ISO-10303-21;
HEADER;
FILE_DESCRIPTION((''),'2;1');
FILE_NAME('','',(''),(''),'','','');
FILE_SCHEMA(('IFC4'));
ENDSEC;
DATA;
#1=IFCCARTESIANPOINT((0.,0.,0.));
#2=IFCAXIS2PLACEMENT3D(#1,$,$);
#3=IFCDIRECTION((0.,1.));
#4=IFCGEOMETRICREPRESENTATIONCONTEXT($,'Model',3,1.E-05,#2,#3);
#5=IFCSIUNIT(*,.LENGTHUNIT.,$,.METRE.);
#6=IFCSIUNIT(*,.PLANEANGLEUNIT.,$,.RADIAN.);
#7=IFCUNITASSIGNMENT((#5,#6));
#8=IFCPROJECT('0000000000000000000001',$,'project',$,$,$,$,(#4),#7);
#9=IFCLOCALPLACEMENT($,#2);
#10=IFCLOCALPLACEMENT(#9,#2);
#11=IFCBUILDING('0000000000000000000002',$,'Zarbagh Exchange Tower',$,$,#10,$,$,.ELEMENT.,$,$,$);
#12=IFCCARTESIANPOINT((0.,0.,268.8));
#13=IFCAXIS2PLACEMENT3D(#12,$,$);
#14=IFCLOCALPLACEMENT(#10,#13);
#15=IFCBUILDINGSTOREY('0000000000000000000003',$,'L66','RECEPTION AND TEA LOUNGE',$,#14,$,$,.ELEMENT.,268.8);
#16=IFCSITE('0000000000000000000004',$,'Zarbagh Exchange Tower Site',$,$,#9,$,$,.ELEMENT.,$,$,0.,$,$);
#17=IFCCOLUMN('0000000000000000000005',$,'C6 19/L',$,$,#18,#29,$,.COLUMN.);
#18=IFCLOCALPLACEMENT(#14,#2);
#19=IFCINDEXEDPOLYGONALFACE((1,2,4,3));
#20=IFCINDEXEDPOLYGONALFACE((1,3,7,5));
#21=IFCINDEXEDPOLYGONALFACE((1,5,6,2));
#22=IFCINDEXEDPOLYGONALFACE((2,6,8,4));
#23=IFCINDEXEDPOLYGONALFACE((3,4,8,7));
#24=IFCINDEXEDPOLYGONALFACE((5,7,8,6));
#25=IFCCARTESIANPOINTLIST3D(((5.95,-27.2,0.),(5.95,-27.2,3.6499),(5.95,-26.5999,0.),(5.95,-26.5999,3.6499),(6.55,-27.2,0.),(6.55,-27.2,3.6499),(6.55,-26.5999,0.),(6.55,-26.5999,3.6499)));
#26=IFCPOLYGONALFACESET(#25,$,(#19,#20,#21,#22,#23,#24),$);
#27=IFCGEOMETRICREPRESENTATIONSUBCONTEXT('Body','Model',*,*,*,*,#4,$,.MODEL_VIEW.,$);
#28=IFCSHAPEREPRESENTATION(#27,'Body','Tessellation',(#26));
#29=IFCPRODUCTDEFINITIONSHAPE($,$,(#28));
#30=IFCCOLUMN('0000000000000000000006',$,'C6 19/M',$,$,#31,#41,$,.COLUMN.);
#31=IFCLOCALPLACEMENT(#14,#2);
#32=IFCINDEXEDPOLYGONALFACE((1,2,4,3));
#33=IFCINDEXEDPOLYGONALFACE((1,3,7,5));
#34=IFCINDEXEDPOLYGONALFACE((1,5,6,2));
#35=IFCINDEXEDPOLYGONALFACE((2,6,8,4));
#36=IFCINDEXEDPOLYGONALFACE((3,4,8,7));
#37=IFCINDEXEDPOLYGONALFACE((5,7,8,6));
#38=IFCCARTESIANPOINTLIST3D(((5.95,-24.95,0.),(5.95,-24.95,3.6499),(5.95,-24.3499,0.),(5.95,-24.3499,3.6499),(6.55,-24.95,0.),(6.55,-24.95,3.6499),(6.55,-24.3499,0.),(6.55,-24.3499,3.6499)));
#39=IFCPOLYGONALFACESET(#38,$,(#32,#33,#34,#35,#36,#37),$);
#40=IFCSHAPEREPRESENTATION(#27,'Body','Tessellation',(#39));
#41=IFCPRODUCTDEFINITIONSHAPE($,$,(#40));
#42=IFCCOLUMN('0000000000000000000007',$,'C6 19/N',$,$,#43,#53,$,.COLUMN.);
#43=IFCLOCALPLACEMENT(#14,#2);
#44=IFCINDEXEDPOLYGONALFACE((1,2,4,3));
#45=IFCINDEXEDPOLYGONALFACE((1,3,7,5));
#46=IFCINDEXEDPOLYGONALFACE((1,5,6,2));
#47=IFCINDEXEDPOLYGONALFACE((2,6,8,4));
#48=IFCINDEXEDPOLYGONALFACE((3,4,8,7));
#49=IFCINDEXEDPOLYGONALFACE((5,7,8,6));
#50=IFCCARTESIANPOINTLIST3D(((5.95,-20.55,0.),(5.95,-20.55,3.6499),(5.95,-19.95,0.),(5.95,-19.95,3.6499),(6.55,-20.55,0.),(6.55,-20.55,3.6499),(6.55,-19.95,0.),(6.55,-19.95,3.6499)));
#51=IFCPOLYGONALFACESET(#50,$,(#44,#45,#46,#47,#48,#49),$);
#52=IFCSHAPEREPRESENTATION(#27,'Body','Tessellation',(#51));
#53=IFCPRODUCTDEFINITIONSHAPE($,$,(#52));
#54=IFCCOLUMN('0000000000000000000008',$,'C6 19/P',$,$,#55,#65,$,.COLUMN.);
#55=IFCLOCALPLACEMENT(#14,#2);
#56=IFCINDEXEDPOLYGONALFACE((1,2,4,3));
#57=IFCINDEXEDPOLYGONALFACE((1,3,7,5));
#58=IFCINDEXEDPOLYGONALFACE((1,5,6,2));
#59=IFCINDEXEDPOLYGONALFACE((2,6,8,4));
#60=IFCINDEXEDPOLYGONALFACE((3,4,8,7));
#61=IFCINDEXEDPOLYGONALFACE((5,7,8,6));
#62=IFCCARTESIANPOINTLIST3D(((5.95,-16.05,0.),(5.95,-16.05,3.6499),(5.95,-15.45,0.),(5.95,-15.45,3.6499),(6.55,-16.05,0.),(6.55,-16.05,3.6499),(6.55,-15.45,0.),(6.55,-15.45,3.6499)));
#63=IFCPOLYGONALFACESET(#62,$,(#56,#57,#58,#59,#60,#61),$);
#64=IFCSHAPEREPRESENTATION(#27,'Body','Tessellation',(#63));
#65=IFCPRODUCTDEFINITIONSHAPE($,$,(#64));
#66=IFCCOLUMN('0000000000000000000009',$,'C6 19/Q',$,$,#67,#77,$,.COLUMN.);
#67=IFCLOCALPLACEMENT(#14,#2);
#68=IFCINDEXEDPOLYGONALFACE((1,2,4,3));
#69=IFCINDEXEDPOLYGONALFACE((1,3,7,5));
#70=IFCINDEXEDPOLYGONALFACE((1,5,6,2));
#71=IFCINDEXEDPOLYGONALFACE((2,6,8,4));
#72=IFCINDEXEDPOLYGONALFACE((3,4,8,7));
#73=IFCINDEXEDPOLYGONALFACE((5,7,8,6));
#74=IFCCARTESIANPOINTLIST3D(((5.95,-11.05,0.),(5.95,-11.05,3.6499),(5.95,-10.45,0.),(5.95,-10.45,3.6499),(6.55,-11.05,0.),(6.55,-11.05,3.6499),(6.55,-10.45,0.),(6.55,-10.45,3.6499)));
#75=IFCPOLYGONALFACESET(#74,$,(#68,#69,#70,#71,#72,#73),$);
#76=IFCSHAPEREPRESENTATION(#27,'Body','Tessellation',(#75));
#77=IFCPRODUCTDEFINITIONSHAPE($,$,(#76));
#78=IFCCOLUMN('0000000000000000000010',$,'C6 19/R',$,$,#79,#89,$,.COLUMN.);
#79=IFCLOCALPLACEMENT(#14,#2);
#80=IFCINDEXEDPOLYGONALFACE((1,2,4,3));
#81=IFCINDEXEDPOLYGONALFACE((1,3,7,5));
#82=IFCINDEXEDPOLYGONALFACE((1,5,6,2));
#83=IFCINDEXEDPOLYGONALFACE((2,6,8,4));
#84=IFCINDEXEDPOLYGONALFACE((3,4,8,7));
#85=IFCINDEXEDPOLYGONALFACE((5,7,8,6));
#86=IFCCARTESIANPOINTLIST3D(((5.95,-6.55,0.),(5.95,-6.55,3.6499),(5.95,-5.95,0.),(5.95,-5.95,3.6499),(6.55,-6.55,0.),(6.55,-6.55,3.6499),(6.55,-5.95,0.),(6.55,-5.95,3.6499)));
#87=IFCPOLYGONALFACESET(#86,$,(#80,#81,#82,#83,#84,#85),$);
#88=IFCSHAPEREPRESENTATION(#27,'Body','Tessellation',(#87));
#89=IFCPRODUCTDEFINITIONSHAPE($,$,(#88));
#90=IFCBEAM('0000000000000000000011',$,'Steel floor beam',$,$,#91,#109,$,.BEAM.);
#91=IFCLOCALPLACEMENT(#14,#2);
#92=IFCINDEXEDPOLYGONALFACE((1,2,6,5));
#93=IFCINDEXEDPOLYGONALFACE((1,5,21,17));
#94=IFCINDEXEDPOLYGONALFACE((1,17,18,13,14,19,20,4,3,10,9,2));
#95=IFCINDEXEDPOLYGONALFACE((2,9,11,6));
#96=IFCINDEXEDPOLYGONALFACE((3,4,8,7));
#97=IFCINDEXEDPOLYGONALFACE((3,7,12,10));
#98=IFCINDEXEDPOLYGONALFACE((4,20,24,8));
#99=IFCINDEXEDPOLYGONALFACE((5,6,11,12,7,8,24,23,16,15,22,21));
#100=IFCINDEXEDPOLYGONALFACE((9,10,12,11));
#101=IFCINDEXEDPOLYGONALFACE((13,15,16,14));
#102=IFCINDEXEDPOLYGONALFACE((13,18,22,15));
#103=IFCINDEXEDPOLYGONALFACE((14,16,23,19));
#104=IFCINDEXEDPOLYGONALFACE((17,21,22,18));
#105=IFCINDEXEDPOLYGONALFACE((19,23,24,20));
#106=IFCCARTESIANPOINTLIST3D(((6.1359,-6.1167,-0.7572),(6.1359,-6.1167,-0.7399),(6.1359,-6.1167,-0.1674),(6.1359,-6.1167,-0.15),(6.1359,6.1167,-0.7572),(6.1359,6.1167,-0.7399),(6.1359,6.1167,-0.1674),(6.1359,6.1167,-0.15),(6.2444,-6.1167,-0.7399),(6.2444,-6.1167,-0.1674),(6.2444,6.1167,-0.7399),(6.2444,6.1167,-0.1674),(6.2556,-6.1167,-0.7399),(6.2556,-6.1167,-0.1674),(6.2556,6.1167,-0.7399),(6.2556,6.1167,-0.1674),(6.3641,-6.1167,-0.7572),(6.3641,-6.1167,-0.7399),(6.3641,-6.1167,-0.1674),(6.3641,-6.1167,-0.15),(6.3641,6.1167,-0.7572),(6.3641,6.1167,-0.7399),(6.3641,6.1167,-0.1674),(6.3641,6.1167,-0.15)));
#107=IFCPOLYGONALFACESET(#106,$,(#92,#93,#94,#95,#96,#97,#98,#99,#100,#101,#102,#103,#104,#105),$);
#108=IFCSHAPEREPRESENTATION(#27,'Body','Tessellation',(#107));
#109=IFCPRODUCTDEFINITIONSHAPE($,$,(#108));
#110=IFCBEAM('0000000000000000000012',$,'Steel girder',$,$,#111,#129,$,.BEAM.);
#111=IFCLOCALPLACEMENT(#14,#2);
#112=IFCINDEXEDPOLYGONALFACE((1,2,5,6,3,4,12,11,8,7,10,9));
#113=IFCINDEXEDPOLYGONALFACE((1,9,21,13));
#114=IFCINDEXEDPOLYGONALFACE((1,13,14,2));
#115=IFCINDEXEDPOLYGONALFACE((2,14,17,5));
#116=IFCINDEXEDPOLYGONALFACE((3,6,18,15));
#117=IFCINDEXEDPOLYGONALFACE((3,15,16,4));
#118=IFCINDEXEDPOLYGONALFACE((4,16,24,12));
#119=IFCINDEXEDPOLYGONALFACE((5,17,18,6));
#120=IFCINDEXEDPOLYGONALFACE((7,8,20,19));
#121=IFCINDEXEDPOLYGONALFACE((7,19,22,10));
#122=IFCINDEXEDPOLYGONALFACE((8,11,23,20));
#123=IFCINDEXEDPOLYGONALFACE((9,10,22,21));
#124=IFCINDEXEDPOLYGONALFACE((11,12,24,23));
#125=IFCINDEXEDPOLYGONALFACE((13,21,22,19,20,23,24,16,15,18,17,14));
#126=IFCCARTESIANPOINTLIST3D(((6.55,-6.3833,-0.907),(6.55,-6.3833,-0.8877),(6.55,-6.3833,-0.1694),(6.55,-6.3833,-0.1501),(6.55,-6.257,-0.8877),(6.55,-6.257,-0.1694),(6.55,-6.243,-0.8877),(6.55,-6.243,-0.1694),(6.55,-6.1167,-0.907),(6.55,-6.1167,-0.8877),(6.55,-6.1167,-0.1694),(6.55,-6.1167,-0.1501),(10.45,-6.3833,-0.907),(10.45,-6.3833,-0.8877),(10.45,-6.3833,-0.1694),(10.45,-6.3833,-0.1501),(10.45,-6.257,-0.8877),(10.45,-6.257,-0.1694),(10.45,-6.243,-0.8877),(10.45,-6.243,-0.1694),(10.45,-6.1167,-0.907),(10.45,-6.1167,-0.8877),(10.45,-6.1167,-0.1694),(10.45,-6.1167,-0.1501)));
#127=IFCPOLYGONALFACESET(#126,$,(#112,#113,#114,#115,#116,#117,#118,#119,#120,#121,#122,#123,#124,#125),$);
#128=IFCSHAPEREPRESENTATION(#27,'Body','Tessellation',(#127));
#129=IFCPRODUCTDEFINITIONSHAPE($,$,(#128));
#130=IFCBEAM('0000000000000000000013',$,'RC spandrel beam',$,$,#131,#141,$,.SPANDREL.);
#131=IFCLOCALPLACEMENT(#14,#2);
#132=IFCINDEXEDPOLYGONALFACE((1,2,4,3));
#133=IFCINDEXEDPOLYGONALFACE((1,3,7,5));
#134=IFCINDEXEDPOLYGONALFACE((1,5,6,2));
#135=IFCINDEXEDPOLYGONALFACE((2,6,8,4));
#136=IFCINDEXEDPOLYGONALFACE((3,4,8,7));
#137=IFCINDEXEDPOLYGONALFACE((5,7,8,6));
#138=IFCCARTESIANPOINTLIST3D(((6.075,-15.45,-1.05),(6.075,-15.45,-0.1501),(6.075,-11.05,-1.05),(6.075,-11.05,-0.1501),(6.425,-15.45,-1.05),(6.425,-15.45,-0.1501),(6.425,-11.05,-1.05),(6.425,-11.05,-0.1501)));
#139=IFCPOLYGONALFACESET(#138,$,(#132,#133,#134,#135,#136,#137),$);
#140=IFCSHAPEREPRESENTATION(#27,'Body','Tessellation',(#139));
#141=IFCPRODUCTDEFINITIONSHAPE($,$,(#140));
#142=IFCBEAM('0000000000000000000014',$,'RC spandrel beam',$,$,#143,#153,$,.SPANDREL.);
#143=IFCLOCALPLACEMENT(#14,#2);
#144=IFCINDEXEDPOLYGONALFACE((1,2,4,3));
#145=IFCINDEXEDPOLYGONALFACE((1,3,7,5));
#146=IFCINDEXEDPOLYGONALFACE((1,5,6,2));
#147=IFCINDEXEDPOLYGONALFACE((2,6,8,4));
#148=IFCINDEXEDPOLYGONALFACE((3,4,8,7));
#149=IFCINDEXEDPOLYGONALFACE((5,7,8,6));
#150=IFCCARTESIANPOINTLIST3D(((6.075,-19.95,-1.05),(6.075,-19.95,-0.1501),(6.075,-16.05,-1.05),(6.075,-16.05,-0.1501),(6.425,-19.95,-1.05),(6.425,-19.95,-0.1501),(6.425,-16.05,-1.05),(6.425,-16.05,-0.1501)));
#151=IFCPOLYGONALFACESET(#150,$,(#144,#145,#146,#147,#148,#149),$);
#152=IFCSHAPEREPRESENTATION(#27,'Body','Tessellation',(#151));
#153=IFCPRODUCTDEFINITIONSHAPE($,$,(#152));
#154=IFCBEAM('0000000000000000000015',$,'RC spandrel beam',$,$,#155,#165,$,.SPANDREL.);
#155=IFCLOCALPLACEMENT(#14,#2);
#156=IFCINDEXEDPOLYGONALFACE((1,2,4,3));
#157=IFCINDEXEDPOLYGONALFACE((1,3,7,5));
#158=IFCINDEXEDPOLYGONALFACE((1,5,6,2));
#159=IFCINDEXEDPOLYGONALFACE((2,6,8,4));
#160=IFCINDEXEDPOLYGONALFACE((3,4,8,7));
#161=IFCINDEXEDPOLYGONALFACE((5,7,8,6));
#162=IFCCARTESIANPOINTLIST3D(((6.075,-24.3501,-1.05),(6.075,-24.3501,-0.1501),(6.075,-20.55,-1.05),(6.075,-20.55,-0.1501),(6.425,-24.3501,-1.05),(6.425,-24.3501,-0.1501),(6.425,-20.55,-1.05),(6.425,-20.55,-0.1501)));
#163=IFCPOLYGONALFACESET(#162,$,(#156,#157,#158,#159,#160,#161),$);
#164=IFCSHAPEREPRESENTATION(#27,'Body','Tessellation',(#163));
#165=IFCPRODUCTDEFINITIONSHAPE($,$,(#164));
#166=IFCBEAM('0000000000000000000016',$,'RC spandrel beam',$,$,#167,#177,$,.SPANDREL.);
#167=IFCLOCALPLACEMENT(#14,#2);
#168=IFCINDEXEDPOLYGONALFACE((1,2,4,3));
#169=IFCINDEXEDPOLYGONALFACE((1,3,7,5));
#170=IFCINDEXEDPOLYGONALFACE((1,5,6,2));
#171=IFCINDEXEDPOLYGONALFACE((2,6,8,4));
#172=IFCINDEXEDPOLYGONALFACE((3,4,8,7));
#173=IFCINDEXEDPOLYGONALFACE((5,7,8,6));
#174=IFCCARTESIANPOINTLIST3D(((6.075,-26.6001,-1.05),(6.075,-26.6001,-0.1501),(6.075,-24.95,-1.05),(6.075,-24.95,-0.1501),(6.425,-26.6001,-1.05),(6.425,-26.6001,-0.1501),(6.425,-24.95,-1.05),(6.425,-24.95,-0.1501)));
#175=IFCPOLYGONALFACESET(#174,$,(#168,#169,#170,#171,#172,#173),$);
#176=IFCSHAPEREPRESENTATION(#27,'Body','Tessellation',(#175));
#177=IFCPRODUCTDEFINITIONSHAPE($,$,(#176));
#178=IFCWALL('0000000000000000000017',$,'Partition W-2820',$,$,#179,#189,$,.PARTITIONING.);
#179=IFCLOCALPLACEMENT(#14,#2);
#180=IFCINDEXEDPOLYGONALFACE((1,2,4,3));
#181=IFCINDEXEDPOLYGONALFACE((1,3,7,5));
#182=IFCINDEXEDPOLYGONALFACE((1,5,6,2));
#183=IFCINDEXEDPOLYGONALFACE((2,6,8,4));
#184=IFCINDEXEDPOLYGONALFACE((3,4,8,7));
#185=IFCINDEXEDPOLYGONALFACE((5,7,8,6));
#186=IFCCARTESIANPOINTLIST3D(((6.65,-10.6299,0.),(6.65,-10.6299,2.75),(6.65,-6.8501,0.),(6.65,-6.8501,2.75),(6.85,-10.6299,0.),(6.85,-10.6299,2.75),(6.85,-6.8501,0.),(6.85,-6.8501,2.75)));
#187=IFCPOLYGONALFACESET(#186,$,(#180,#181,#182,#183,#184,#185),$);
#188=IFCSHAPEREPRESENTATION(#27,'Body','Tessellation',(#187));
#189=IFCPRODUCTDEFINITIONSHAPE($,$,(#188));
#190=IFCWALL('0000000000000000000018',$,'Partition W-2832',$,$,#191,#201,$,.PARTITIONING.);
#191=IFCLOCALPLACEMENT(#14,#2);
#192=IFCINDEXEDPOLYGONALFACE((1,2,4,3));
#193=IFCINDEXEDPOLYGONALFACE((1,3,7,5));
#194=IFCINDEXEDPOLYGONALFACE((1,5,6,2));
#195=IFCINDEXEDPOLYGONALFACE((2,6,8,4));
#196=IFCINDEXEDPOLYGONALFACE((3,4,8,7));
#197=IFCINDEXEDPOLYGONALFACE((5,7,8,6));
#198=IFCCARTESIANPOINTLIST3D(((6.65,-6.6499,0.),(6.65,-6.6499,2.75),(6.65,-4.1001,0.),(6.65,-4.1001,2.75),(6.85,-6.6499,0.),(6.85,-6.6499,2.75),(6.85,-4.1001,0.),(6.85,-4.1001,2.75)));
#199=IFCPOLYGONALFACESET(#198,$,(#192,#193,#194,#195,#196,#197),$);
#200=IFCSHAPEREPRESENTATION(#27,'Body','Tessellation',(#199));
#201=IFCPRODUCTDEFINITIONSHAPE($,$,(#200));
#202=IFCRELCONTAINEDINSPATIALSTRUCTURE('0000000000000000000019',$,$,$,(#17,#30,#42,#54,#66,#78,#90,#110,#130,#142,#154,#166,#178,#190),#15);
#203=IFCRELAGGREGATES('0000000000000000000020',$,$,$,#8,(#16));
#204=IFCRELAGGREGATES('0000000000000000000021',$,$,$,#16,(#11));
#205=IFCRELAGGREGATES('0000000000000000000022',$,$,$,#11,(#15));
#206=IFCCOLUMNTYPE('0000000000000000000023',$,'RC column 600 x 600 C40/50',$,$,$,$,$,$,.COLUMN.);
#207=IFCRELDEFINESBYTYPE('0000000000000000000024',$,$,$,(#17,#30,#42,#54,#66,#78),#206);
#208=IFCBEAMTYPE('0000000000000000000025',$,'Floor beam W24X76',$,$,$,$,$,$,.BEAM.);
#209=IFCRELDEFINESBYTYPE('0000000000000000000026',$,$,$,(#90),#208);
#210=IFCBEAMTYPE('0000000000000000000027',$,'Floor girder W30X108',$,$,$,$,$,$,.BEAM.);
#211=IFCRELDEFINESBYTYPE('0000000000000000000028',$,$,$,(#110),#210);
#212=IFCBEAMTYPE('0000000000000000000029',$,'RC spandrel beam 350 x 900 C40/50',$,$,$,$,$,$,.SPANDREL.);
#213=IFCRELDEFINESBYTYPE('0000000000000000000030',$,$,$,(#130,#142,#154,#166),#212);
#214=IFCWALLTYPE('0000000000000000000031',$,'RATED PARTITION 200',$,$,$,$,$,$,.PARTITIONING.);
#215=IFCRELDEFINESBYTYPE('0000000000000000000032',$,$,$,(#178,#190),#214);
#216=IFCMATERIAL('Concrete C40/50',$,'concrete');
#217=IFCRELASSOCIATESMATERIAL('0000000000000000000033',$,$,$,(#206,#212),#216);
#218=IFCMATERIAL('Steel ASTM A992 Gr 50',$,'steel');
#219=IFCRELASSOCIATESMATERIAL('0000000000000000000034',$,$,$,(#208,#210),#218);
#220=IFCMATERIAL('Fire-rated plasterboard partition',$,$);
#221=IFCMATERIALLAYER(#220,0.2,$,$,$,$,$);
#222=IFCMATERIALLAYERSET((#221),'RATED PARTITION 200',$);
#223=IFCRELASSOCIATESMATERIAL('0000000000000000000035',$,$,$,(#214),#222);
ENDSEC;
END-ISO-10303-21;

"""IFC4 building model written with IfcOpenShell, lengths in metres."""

from ifc_helpers import new_model, si_unit, direction, frame, frame_2d, origin, origin_2d, place, context, subcontext, project, spatial, rectangle, i_section, extrude, material, layer, layer_set, material_profile, profile_set, type_object, element, save


model = new_model("IFC4")

# Units and contexts
model_context = context("Model", 3, precision=1e-05, world=origin(), true_north=direction((0.0, 1.0)))
body_context = subcontext(model_context, "Body", "Model", "MODEL_VIEW")
ifc_project = project(units=[si_unit("LENGTHUNIT", "METRE"), si_unit("PLANEANGLEUNIT", "RADIAN")], contexts=[model_context])

# Site, building, storey
site_placement = place(None, origin())
site = spatial("IfcSite", under=ifc_project, at=site_placement, Name="Zarbagh Exchange Tower Site", CompositionType="ELEMENT", RefElevation=0.0)
building_placement = place(site_placement, origin())
building = spatial("IfcBuilding", under=site, at=building_placement, Name="Zarbagh Exchange Tower", CompositionType="ELEMENT")
storey_placement = place(building_placement, frame((0.0, 0.0, 268.8)))
storey = spatial("IfcBuildingStorey", under=building, at=storey_placement, Name="L66", Description="RECEPTION AND TEA LOUNGE", CompositionType="ELEMENT", Elevation=268.8)

# Columns
ifc_material_1 = material(Name="Concrete C40/50", Category="concrete")
ifc_material_profile_1 = material_profile(ifc_material_1, rectangle(XDim=0.6001, YDim=0.6001, at=origin_2d()), Name="RC column 600 x 600 C40/50")
ifc_profile_set_1 = profile_set([ifc_material_profile_1], Name="Concrete C40/50")
column_type = type_object("IfcColumnType", Name="RC column 600 x 600 C40/50", PredefinedType="COLUMN", material=ifc_profile_set_1)
for number, where, z_axis, x_axis, name in (
    (1, (6.25, -26.8999, 0.0), (0.0, 0.0, 1.0), (1.0, 0.0, 0.0), "C6 19/L"),
    (2, (6.25, -24.6499, 0.0), (0.0, 0.0, 1.0), (1.0, 0.0, 0.0), "C6 19/M"),
    (3, (6.25, -20.25, 0.0), (0.0, 0.0, 1.0), (1.0, 0.0, 0.0), "C6 19/N"),
    (4, (6.25, -15.75, 0.0), (0.0, 0.0, 1.0), (1.0, 0.0, 0.0), "C6 19/P"),
    (5, (6.25, -10.75, 0.0), (0.0, 0.0, 1.0), (1.0, 0.0, 0.0), "C6 19/Q"),
    (6, (6.25, -6.25, 0.0), (0.0, 0.0, 1.0), (1.0, 0.0, 0.0), "C6 19/R"),
):
    element("IfcColumn", number, at=place(storey_placement, frame(where, z_axis=z_axis, x_axis=x_axis)), inside=storey, type_object=column_type, Name=name, PredefinedType="COLUMN", context=body_context, shape_type="SweptSolid", body=[
        extrude(rectangle(XDim=0.6001, YDim=0.6001, at=origin_2d()), origin(), (0.0, 0.0, 1.0), 3.6499),
    ])

# Beams
ifc_material_2 = material(Name="Steel ASTM A992 Gr 50", Category="steel")
ifc_material_profile_2 = material_profile(ifc_material_2, i_section(OverallWidth=0.2283, OverallDepth=0.6072, WebThickness=0.0112, FlangeThickness=0.0173, at=origin_2d()), Name="W24X76")
ifc_profile_set_2 = profile_set([ifc_material_profile_2], Name="Steel ASTM A992 Gr 50")
beam_type_1 = type_object("IfcBeamType", Name="Floor beam W24X76", PredefinedType="BEAM", material=ifc_profile_set_2)
beam_1_placement = place(storey_placement, frame((6.25, -6.1167, -0.4536), z_axis=(0.0, 1.0, 0.0), x_axis=(-1.0, 0.0, 0.0)))
element("IfcBeam", 7, at=beam_1_placement, inside=storey, type_object=beam_type_1, Name="Steel floor beam", PredefinedType="BEAM", context=body_context, shape_type="SweptSolid", body=[
    extrude(i_section(OverallWidth=0.2283, OverallDepth=0.6072, WebThickness=0.0112, FlangeThickness=0.0173, at=origin_2d()), origin(), (0.0, 0.0, 1.0), 12.2334),
])
ifc_material_profile_3 = material_profile(ifc_material_2, i_section(OverallWidth=0.2666, OverallDepth=0.7568, WebThickness=0.0139, FlangeThickness=0.0193, at=origin_2d()), Name="W30X108")
ifc_profile_set_3 = profile_set([ifc_material_profile_3], Name="Steel ASTM A992 Gr 50")
beam_type_2 = type_object("IfcBeamType", Name="Floor girder W30X108", PredefinedType="BEAM", material=ifc_profile_set_3)
beam_2_placement = place(storey_placement, frame((6.55, -6.25, -0.5286), z_axis=(1.0, 0.0, 0.0), x_axis=(0.0, 1.0, 0.0)))
element("IfcBeam", 8, at=beam_2_placement, inside=storey, type_object=beam_type_2, Name="Steel girder", PredefinedType="BEAM", context=body_context, shape_type="SweptSolid", body=[
    extrude(i_section(OverallWidth=0.2666, OverallDepth=0.7568, WebThickness=0.0139, FlangeThickness=0.0193, at=origin_2d()), origin(), (0.0, 0.0, 1.0), 3.8999),
])
ifc_material_profile_4 = material_profile(ifc_material_1, rectangle(XDim=0.3501, YDim=0.8999, at=origin_2d()), Name="RC spandrel beam 350 x 900 C40/50")
ifc_profile_set_4 = profile_set([ifc_material_profile_4], Name="Concrete C40/50")
beam_type_3 = type_object("IfcBeamType", Name="RC spandrel beam 350 x 900 C40/50", PredefinedType="SPANDREL", material=ifc_profile_set_4)
beam_3_placement = place(storey_placement, frame((6.25, -11.05, -0.6001), z_axis=(0.0, -1.0, 0.0), x_axis=(1.0, 0.0, 0.0)))
element("IfcBeam", 9, at=beam_3_placement, inside=storey, type_object=beam_type_3, Name="RC spandrel beam", PredefinedType="SPANDREL", context=body_context, shape_type="SweptSolid", body=[
    extrude(rectangle(XDim=0.3501, YDim=0.8999, at=origin_2d()), origin(), (0.0, 0.0, 1.0), 4.3999),
])
beam_4_placement = place(storey_placement, frame((6.25, -16.05, -0.6001), z_axis=(0.0, -1.0, 0.0), x_axis=(1.0, 0.0, 0.0)))
element("IfcBeam", 10, at=beam_4_placement, inside=storey, type_object=beam_type_3, Name="RC spandrel beam", PredefinedType="SPANDREL", context=body_context, shape_type="SweptSolid", body=[
    extrude(rectangle(XDim=0.3501, YDim=0.8999, at=origin_2d()), origin(), (0.0, 0.0, 1.0), 3.8999),
])
beam_5_placement = place(storey_placement, frame((6.25, -20.55, -0.6001), z_axis=(0.0, -1.0, 0.0), x_axis=(1.0, 0.0, 0.0)))
element("IfcBeam", 11, at=beam_5_placement, inside=storey, type_object=beam_type_3, Name="RC spandrel beam", PredefinedType="SPANDREL", context=body_context, shape_type="SweptSolid", body=[
    extrude(rectangle(XDim=0.3501, YDim=0.8999, at=origin_2d()), origin(), (0.0, 0.0, 1.0), 3.8),
])
beam_6_placement = place(storey_placement, frame((6.25, -24.95, -0.6001), z_axis=(0.0, -1.0, 0.0), x_axis=(1.0, 0.0, 0.0)))
element("IfcBeam", 12, at=beam_6_placement, inside=storey, type_object=beam_type_3, Name="RC spandrel beam", PredefinedType="SPANDREL", context=body_context, shape_type="SweptSolid", body=[
    extrude(rectangle(XDim=0.3501, YDim=0.8999, at=origin_2d()), origin(), (0.0, 0.0, 1.0), 1.6501),
])

# Walls
ifc_material_3 = material(Name="Fire-rated plasterboard partition")
ifc_layer_1 = layer(ifc_material_3, 0.2)
ifc_layer_set_1 = layer_set([ifc_layer_1], Name="RATED PARTITION 200")
wall_type_1 = type_object("IfcWallType", Name="RATED PARTITION 200", PredefinedType="PARTITIONING", material=ifc_layer_set_1)
wall_1_placement = place(storey_placement, frame((6.75, -10.6299, 0.0), z_axis=(0.0, 0.0, 1.0), x_axis=(0.0, 1.0, 0.0)))
element("IfcWall", 13, at=wall_1_placement, inside=storey, type_object=wall_type_1, Name="Partition W-2820", PredefinedType="PARTITIONING", context=body_context, shape_type="SweptSolid", body=[
    extrude(rectangle(XDim=3.7798, YDim=0.2, at=frame_2d((1.8899, 0.0))), origin(), (0.0, 0.0, 1.0), 2.75),
])
wall_2_placement = place(storey_placement, frame((6.75, -6.6499, 0.0), z_axis=(0.0, 0.0, 1.0), x_axis=(0.0, 1.0, 0.0)))
element("IfcWall", 14, at=wall_2_placement, inside=storey, type_object=wall_type_1, Name="Partition W-2832", PredefinedType="PARTITIONING", context=body_context, shape_type="SweptSolid", body=[
    extrude(rectangle(XDim=2.5498, YDim=0.2, at=frame_2d((1.2749, 0.0))), origin(), (0.0, 0.0, 1.0), 2.75),
])

save(model, "model.ifc")
